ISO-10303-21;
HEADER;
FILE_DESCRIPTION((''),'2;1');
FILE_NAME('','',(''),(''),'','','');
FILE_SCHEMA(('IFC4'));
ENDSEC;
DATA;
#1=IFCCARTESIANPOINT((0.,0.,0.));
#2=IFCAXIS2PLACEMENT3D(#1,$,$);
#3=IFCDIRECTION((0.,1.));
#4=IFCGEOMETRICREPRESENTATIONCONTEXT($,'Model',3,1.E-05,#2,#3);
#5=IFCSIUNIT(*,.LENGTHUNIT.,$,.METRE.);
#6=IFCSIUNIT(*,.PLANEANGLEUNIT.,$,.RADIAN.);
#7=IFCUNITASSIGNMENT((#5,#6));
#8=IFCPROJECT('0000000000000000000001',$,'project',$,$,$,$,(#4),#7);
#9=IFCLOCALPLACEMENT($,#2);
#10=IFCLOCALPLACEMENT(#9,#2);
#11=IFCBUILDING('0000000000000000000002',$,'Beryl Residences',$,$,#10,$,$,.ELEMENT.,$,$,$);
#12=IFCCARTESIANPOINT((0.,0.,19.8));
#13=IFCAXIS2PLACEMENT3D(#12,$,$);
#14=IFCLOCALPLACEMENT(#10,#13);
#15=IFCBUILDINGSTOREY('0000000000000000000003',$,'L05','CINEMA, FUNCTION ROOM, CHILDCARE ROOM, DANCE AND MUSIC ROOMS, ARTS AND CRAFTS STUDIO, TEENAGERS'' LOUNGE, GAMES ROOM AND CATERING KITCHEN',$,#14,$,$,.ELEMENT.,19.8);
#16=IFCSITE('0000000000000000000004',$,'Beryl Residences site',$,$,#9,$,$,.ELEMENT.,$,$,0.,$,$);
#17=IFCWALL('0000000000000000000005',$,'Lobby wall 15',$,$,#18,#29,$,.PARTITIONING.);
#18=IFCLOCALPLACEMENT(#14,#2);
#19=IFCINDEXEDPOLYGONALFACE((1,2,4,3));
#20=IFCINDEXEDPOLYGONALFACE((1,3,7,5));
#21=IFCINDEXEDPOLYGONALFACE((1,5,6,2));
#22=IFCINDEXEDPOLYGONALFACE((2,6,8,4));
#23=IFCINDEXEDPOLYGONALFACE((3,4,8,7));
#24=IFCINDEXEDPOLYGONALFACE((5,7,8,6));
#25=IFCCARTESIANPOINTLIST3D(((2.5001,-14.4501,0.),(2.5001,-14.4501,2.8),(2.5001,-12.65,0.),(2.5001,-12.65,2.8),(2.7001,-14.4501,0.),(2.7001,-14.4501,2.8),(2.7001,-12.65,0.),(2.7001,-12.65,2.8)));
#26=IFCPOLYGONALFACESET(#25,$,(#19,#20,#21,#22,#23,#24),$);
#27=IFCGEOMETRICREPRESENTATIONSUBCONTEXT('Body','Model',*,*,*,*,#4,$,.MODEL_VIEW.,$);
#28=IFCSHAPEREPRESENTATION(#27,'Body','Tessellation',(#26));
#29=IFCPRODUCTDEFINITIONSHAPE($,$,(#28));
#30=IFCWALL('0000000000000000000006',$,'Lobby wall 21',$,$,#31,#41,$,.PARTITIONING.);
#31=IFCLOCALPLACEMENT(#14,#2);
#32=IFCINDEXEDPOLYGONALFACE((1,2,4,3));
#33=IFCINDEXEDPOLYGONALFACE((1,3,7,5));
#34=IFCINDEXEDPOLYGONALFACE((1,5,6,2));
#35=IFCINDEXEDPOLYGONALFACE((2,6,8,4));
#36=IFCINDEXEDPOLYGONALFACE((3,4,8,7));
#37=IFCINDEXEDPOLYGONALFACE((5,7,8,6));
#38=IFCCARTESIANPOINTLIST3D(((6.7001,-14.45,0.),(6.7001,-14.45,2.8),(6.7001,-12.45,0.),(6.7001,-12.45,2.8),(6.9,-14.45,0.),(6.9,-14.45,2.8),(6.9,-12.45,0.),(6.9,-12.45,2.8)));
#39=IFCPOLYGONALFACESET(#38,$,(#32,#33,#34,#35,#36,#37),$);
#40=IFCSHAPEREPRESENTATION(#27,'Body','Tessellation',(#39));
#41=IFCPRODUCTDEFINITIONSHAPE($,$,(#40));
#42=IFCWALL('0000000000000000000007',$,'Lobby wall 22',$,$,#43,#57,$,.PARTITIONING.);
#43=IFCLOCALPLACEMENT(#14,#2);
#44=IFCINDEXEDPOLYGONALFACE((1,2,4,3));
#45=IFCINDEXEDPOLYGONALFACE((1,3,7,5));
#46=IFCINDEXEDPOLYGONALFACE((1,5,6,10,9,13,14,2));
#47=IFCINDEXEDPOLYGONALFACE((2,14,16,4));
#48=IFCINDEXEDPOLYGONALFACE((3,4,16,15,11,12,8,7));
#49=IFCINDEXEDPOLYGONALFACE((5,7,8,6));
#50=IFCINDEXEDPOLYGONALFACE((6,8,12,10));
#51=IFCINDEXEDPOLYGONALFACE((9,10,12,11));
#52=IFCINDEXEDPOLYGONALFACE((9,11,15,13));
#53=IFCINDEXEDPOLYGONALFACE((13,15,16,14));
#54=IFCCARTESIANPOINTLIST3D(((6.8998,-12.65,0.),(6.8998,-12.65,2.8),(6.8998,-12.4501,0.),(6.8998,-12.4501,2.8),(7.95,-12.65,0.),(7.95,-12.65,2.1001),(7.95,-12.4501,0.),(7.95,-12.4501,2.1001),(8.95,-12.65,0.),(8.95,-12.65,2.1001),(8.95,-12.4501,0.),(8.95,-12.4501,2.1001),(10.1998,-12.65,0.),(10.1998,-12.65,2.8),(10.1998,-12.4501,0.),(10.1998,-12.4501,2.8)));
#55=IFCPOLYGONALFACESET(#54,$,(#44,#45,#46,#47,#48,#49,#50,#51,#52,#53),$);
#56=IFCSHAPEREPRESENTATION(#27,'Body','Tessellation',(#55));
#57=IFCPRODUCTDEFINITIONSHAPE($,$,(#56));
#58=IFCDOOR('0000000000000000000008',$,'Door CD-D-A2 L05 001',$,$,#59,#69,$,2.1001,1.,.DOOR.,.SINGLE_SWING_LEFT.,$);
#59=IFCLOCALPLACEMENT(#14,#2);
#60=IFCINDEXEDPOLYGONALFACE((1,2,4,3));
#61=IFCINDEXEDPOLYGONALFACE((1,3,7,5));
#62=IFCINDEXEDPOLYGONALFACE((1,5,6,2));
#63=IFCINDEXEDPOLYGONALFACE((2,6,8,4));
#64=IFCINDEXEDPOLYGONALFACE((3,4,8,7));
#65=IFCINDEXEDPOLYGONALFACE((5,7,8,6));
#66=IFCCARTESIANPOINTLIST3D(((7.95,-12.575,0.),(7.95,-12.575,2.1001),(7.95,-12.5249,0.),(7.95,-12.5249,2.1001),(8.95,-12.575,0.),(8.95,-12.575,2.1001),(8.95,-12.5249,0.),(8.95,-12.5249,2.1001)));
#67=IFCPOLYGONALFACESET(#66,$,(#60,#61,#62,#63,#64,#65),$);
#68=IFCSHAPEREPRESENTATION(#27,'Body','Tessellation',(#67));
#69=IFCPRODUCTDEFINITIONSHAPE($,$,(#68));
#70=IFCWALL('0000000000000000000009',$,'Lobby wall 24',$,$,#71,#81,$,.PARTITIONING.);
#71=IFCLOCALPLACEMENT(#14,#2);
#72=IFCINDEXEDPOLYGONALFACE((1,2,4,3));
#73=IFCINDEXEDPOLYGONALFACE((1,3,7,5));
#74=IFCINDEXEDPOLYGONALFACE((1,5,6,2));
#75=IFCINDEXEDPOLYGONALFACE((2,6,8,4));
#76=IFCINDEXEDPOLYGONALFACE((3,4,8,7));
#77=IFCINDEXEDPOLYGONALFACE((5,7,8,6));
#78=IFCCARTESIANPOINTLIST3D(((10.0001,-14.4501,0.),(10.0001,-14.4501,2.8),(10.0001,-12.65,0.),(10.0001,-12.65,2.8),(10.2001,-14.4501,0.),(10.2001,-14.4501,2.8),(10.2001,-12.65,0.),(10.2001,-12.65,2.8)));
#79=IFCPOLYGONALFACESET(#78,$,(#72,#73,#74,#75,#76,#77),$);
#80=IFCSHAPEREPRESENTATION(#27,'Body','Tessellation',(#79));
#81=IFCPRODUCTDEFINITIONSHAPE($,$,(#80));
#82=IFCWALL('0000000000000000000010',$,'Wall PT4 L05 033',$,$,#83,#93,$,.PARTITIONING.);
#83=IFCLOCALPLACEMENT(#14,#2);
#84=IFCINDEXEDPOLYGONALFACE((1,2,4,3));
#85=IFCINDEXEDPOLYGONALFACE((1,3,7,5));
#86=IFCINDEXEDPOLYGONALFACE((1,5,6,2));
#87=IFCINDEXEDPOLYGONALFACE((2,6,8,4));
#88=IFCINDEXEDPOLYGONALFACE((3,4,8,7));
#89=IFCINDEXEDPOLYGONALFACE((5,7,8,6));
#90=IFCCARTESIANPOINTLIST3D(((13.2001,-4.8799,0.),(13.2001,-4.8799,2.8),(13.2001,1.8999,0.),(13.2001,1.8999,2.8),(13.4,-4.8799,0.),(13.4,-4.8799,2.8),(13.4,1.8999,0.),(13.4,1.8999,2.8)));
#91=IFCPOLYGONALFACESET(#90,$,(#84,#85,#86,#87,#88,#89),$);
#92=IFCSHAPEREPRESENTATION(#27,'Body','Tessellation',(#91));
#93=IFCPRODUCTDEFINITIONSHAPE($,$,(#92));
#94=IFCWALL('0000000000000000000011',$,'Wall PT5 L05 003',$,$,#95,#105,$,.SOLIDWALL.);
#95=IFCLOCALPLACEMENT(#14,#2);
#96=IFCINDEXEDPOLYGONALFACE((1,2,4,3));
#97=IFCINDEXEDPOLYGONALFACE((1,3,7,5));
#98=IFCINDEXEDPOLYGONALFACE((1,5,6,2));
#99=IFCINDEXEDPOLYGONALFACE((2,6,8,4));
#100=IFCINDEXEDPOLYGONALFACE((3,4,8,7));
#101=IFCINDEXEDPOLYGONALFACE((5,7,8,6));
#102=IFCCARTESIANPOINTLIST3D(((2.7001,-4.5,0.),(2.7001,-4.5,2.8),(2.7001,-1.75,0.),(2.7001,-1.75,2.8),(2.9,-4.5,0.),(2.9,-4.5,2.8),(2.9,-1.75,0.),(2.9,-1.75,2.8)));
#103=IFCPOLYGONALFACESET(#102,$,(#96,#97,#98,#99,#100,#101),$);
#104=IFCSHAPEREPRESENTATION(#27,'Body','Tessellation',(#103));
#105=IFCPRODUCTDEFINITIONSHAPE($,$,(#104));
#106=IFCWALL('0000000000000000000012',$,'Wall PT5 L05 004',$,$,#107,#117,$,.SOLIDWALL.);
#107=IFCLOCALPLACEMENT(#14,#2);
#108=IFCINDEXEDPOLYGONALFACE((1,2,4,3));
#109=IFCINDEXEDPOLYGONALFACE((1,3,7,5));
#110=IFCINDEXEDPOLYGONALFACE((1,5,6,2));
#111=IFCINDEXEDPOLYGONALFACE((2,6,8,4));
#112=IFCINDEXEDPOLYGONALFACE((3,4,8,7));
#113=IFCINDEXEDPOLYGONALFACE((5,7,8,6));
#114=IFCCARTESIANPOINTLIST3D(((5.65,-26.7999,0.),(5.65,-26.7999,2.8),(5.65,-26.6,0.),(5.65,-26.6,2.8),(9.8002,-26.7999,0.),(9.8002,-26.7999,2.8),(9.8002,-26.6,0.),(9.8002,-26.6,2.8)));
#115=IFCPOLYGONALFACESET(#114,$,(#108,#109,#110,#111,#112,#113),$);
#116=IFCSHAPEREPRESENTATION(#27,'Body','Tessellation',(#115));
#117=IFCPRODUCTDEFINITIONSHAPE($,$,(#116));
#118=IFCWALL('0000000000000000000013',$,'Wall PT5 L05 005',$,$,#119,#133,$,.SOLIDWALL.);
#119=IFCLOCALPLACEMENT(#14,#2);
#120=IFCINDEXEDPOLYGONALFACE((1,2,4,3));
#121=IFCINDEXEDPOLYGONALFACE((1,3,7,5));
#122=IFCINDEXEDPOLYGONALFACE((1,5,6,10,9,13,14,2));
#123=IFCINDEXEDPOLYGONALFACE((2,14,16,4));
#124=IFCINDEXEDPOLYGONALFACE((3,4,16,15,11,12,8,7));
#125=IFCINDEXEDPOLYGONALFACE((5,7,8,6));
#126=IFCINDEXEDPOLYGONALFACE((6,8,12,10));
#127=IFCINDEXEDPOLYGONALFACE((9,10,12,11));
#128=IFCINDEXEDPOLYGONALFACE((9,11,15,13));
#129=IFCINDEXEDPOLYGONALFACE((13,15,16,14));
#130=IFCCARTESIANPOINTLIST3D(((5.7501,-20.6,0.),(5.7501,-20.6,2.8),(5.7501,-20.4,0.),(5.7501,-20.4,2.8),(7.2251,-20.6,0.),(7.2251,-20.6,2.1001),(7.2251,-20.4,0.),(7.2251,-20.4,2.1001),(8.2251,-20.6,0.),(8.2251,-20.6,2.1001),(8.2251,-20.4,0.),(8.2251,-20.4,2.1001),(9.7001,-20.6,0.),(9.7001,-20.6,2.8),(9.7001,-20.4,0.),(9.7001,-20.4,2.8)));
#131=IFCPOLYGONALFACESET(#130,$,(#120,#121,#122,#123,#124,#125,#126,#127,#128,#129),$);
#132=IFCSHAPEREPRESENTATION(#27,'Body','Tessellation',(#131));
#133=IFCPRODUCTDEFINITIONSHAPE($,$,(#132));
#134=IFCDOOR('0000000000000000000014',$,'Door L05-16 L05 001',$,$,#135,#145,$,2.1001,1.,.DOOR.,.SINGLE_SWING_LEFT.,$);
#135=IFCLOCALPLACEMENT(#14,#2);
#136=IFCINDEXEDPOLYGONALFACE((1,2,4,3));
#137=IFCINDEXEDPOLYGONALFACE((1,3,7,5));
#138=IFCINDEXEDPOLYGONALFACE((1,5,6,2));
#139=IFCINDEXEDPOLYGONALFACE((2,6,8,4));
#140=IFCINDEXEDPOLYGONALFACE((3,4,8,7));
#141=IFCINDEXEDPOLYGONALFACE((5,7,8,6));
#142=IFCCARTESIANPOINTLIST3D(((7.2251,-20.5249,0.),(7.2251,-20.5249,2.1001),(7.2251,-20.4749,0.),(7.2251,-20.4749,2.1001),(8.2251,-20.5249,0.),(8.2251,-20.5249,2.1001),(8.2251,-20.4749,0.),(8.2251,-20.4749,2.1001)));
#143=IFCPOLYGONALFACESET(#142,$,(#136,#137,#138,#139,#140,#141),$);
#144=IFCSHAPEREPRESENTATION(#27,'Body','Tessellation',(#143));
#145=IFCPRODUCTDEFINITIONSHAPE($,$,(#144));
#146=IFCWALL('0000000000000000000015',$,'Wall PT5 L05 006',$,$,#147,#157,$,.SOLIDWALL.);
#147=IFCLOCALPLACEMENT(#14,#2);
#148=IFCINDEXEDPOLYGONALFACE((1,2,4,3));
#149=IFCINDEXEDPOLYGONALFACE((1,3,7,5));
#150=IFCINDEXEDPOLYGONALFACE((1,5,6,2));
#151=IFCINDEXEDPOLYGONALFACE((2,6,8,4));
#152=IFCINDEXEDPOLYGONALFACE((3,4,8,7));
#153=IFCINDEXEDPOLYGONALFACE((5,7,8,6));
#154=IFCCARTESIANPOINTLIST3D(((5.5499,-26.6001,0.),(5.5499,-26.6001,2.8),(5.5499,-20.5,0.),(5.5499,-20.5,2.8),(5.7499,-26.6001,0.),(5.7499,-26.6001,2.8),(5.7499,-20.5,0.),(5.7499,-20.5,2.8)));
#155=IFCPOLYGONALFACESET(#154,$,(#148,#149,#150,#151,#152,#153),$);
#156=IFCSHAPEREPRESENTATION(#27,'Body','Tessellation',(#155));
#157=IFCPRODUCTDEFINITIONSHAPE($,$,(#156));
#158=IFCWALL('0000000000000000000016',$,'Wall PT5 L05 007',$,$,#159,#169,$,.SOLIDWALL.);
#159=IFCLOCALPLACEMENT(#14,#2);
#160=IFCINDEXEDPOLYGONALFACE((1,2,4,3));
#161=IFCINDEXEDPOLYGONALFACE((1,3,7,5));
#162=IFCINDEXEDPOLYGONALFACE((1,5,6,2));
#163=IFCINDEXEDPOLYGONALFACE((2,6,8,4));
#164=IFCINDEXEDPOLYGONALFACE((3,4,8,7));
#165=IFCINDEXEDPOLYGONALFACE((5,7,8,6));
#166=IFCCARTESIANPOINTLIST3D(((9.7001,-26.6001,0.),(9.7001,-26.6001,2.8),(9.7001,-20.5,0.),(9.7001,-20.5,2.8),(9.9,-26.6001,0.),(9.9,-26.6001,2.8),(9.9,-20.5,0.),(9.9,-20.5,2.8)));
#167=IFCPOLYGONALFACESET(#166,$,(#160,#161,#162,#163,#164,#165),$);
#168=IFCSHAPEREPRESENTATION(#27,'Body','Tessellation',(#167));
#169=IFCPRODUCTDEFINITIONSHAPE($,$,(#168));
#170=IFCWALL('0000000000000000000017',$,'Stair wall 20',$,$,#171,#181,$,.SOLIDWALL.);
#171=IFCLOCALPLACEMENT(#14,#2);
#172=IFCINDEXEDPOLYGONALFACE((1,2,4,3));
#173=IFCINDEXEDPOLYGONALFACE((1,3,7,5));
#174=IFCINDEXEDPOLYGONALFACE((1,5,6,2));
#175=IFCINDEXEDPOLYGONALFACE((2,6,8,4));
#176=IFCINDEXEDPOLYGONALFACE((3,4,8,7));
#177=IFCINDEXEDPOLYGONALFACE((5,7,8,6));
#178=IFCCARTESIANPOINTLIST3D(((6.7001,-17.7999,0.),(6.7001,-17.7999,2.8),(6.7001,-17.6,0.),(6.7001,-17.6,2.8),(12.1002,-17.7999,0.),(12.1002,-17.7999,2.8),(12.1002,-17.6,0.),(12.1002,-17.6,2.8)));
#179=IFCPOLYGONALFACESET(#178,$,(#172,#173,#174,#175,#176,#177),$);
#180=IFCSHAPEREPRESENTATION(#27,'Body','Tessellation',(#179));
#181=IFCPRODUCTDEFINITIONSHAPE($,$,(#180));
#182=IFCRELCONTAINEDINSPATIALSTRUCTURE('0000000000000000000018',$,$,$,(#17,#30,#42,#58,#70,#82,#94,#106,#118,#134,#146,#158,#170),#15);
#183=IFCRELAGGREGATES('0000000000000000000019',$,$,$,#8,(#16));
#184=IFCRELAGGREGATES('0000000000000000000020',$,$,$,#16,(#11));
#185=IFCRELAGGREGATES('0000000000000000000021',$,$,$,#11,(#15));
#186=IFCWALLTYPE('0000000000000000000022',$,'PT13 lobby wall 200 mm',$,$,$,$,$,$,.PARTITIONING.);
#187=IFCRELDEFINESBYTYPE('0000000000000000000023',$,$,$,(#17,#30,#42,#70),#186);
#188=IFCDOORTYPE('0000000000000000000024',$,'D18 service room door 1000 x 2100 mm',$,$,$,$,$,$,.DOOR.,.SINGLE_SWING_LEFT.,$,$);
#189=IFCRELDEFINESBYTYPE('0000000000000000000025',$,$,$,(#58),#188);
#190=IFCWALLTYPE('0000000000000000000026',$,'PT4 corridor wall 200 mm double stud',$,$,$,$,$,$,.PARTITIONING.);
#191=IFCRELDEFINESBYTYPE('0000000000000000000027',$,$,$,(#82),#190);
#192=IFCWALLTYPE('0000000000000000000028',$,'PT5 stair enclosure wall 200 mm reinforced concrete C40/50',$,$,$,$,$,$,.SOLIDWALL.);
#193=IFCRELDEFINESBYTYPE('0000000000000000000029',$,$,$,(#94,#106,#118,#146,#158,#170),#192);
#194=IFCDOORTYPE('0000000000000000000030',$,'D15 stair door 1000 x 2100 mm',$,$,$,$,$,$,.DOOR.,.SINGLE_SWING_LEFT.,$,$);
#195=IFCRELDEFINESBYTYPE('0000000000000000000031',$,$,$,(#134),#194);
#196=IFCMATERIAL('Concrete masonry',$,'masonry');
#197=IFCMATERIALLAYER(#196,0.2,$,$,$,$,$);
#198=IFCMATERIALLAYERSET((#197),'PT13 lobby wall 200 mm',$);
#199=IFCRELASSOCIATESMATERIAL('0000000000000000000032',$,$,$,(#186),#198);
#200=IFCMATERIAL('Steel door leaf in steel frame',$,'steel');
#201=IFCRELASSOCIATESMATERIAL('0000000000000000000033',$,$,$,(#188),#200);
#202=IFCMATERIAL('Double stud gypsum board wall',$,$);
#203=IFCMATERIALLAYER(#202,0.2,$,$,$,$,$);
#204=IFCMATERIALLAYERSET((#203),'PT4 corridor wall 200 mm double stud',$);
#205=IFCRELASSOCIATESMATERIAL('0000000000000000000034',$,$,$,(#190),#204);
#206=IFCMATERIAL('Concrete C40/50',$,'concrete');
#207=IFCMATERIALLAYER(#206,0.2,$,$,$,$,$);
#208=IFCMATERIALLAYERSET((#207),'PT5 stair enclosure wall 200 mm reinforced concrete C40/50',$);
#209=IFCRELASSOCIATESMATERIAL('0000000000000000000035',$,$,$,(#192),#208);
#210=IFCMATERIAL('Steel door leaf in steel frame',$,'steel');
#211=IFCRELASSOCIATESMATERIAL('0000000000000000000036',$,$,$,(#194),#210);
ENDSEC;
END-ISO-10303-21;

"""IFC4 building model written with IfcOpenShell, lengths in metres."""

from ifc_helpers import new_model, si_unit, direction, frame, frame_2d, origin, place, context, subcontext, project, spatial, rectangle, extrude, material, layer, layer_set, type_object, element, fill, save


model = new_model("IFC4")

# Units and contexts
model_context = context("Model", 3, precision=1e-05, world=origin(), true_north=direction((0.0, 1.0)))
body_context = subcontext(model_context, "Body", "Model", "MODEL_VIEW")
ifc_project = project(units=[si_unit("LENGTHUNIT", "METRE"), si_unit("PLANEANGLEUNIT", "RADIAN")], contexts=[model_context])

# Site, building, storey
site_placement = place(None, origin())
site = spatial("IfcSite", under=ifc_project, at=site_placement, Name="Beryl Residences site", CompositionType="ELEMENT", RefElevation=0.0)
building_placement = place(site_placement, origin())
building = spatial("IfcBuilding", under=site, at=building_placement, Name="Beryl Residences", CompositionType="ELEMENT")
storey_placement = place(building_placement, frame((0.0, 0.0, 19.8)))
storey = spatial("IfcBuildingStorey", under=building, at=storey_placement, Name="L05", Description="CINEMA, FUNCTION ROOM, CHILDCARE ROOM, DANCE AND MUSIC ROOMS, ARTS AND CRAFTS STUDIO, TEENAGERS' LOUNGE, GAMES ROOM AND CATERING KITCHEN", CompositionType="ELEMENT", Elevation=19.8)

# Walls
ifc_material_1 = material(Name="Concrete masonry", Category="masonry")
ifc_layer_1 = layer(ifc_material_1, 0.2)
ifc_layer_set_1 = layer_set([ifc_layer_1], Name="PT13 lobby wall 200 mm")
wall_type_1 = type_object("IfcWallType", Name="PT13 lobby wall 200 mm", PredefinedType="PARTITIONING", material=ifc_layer_set_1)
wall_1_placement = place(storey_placement, frame((2.6001, -14.45, 0.0), z_axis=(0.0, 0.0, 1.0), x_axis=(0.0, 1.0, 0.0)))
element("IfcWall", 1, at=wall_1_placement, inside=storey, type_object=wall_type_1, Name="Lobby wall 15", PredefinedType="PARTITIONING", context=body_context, shape_type="SweptSolid", body=[
    extrude(rectangle(XDim=1.8, YDim=0.2, at=frame_2d((0.8999, 0.0))), origin(), (0.0, 0.0, 1.0), 2.8),
])
wall_2_placement = place(storey_placement, frame((6.8, -14.45, 0.0), z_axis=(0.0, 0.0, 1.0), x_axis=(0.0, 1.0, 0.0)))
element("IfcWall", 2, at=wall_2_placement, inside=storey, type_object=wall_type_1, Name="Lobby wall 21", PredefinedType="PARTITIONING", context=body_context, shape_type="SweptSolid", body=[
    extrude(rectangle(XDim=2.0, YDim=0.2, at=frame_2d((1.0, 0.0))), origin(), (0.0, 0.0, 1.0), 2.8),
])

# Wall, opening, door
wall_3_placement = place(storey_placement, frame((6.8999, -12.55, 0.0), z_axis=(0.0, 0.0, 1.0), x_axis=(1.0, 0.0, 0.0)))
wall_3 = element("IfcWall", 3, at=wall_3_placement, inside=storey, type_object=wall_type_1, Name="Lobby wall 22", PredefinedType="PARTITIONING", context=body_context, shape_type="SweptSolid", body=[
    extrude(rectangle(XDim=3.3, YDim=0.2, at=frame_2d((1.6499, 0.0))), origin(), (0.0, 0.0, 1.0), 2.8),
])
opening_1_placement = place(wall_3_placement, frame((2.05, 0.0, 0.0), z_axis=(0.0, 0.0, 1.0), x_axis=(-1.0, 0.0, 0.0)))
opening_1 = element("IfcOpeningElement", 4, at=opening_1_placement, cuts=wall_3, PredefinedType="OPENING", context=body_context, shape_type="SweptSolid", body=[
    extrude(rectangle(XDim=1.0, YDim=2.1001, at=frame_2d((0.5, 1.05))), frame((0.0, 0.1099, 0.0), z_axis=(0.0, -1.0, 0.0), x_axis=(1.0, 0.0, 0.0)), (0.0, 0.0, 1.0), 0.22),
])
ifc_material_2 = material(Name="Steel door leaf in steel frame", Category="steel")
door_type_1 = type_object("IfcDoorType", Name="D18 service room door 1000 x 2100 mm", OperationType="SINGLE_SWING_LEFT", PredefinedType="DOOR", material=ifc_material_2)
door_1_placement = place(opening_1_placement, origin())
door_1 = element("IfcDoor", 5, at=door_1_placement, inside=storey, type_object=door_type_1, Name="Door CD-D-A2 L05 001", OperationType="SINGLE_SWING_LEFT", OverallHeight=2.1001, OverallWidth=1.0, PredefinedType="DOOR", context=body_context, shape_type="SweptSolid", body=[
    extrude(rectangle(XDim=1.0, YDim=2.1001, at=frame_2d((0.5, 1.05))), frame((0.0, 0.0249, 0.0), z_axis=(0.0, -1.0, 0.0), x_axis=(1.0, 0.0, 0.0)), (0.0, 0.0, 1.0), 0.05),
])
fill(opening_1, door_1)

# Walls
wall_4_placement = place(storey_placement, frame((10.1001, -14.45, 0.0), z_axis=(0.0, 0.0, 1.0), x_axis=(0.0, 1.0, 0.0)))
element("IfcWall", 6, at=wall_4_placement, inside=storey, type_object=wall_type_1, Name="Lobby wall 24", PredefinedType="PARTITIONING", context=body_context, shape_type="SweptSolid", body=[
    extrude(rectangle(XDim=1.8, YDim=0.2, at=frame_2d((0.8999, 0.0))), origin(), (0.0, 0.0, 1.0), 2.8),
])
ifc_material_3 = material(Name="Double stud gypsum board wall")
ifc_layer_2 = layer(ifc_material_3, 0.2)
ifc_layer_set_2 = layer_set([ifc_layer_2], Name="PT4 corridor wall 200 mm double stud")
wall_type_2 = type_object("IfcWallType", Name="PT4 corridor wall 200 mm double stud", PredefinedType="PARTITIONING", material=ifc_layer_set_2)
wall_5_placement = place(storey_placement, frame((13.3, -4.8799, 0.0), z_axis=(0.0, 0.0, 1.0), x_axis=(0.0, 1.0, 0.0)))
element("IfcWall", 7, at=wall_5_placement, inside=storey, type_object=wall_type_2, Name="Wall PT4 L05 033", PredefinedType="PARTITIONING", context=body_context, shape_type="SweptSolid", body=[
    extrude(rectangle(XDim=6.7798, YDim=0.2, at=frame_2d((3.3899, 0.0))), origin(), (0.0, 0.0, 1.0), 2.8),
])
ifc_material_4 = material(Name="Concrete C40/50", Category="concrete")
ifc_layer_3 = layer(ifc_material_4, 0.2)
ifc_layer_set_3 = layer_set([ifc_layer_3], Name="PT5 stair enclosure wall 200 mm reinforced concrete C40/50")
wall_type_3 = type_object("IfcWallType", Name="PT5 stair enclosure wall 200 mm reinforced concrete C40/50", PredefinedType="SOLIDWALL", material=ifc_layer_set_3)
wall_6_placement = place(storey_placement, frame((2.8, -4.5, 0.0), z_axis=(0.0, 0.0, 1.0), x_axis=(0.0, 1.0, 0.0)))
element("IfcWall", 8, at=wall_6_placement, inside=storey, type_object=wall_type_3, Name="Wall PT5 L05 003", PredefinedType="SOLIDWALL", context=body_context, shape_type="SweptSolid", body=[
    extrude(rectangle(XDim=2.75, YDim=0.2, at=frame_2d((1.375, 0.0))), origin(), (0.0, 0.0, 1.0), 2.8),
])
wall_7_placement = place(storey_placement, frame((5.6499, -26.7, 0.0), z_axis=(0.0, 0.0, 1.0), x_axis=(1.0, 0.0, 0.0)))
element("IfcWall", 9, at=wall_7_placement, inside=storey, type_object=wall_type_3, Name="Wall PT5 L05 004", PredefinedType="SOLIDWALL", context=body_context, shape_type="SweptSolid", body=[
    extrude(rectangle(XDim=4.1501, YDim=0.2, at=frame_2d((2.0752, 0.0))), origin(), (0.0, 0.0, 1.0), 2.8),
])

# Wall, opening, door
wall_8_placement = place(storey_placement, frame((5.75, -20.5, 0.0), z_axis=(0.0, 0.0, 1.0), x_axis=(1.0, 0.0, 0.0)))
wall_8 = element("IfcWall", 10, at=wall_8_placement, inside=storey, type_object=wall_type_3, Name="Wall PT5 L05 005", PredefinedType="SOLIDWALL", context=body_context, shape_type="SweptSolid", body=[
    extrude(rectangle(XDim=3.95, YDim=0.2, at=frame_2d((1.9751, 0.0))), origin(), (0.0, 0.0, 1.0), 2.8),
])
opening_2_placement = place(wall_8_placement, frame((2.4751, 0.0, 0.0), z_axis=(0.0, 0.0, 1.0), x_axis=(-1.0, 0.0, 0.0)))
opening_2 = element("IfcOpeningElement", 11, at=opening_2_placement, cuts=wall_8, PredefinedType="OPENING", context=body_context, shape_type="SweptSolid", body=[
    extrude(rectangle(XDim=1.0, YDim=2.1001, at=frame_2d((0.5, 1.05))), frame((0.0, 0.1099, 0.0), z_axis=(0.0, -1.0, 0.0), x_axis=(1.0, 0.0, 0.0)), (0.0, 0.0, 1.0), 0.22),
])
ifc_material_5 = material(Name="Steel door leaf in steel frame", Category="steel")
door_type_2 = type_object("IfcDoorType", Name="D15 stair door 1000 x 2100 mm", OperationType="SINGLE_SWING_LEFT", PredefinedType="DOOR", material=ifc_material_5)
door_2_placement = place(opening_2_placement, origin())
door_2 = element("IfcDoor", 12, at=door_2_placement, inside=storey, type_object=door_type_2, Name="Door L05-16 L05 001", OperationType="SINGLE_SWING_LEFT", OverallHeight=2.1001, OverallWidth=1.0, PredefinedType="DOOR", context=body_context, shape_type="SweptSolid", body=[
    extrude(rectangle(XDim=1.0, YDim=2.1001, at=frame_2d((0.5, 1.05))), frame((0.0, 0.0249, 0.0), z_axis=(0.0, -1.0, 0.0), x_axis=(1.0, 0.0, 0.0)), (0.0, 0.0, 1.0), 0.05),
])
fill(opening_2, door_2)

# Walls
for number, where, z_axis, x_axis, name in (
    (13, (5.6499, -26.6001, 0.0), (0.0, 0.0, 1.0), (0.0, 1.0, 0.0), "Wall PT5 L05 006"),
    (14, (9.8, -26.6001, 0.0), (0.0, 0.0, 1.0), (0.0, 1.0, 0.0), "Wall PT5 L05 007"),
):
    element("IfcWall", number, at=place(storey_placement, frame(where, z_axis=z_axis, x_axis=x_axis)), inside=storey, type_object=wall_type_3, Name=name, PredefinedType="SOLIDWALL", context=body_context, shape_type="SweptSolid", body=[
        extrude(rectangle(XDim=6.1001, YDim=0.2, at=frame_2d((3.05, 0.0))), origin(), (0.0, 0.0, 1.0), 2.8),
    ])
wall_9_placement = place(storey_placement, frame((6.7, -17.7, 0.0), z_axis=(0.0, 0.0, 1.0), x_axis=(1.0, 0.0, 0.0)))
element("IfcWall", 15, at=wall_9_placement, inside=storey, type_object=wall_type_3, Name="Stair wall 20", PredefinedType="SOLIDWALL", context=body_context, shape_type="SweptSolid", body=[
    extrude(rectangle(XDim=5.4001, YDim=0.2, at=frame_2d((2.7002, 0.0))), origin(), (0.0, 0.0, 1.0), 2.8),
])

save(model, "model.ifc")
